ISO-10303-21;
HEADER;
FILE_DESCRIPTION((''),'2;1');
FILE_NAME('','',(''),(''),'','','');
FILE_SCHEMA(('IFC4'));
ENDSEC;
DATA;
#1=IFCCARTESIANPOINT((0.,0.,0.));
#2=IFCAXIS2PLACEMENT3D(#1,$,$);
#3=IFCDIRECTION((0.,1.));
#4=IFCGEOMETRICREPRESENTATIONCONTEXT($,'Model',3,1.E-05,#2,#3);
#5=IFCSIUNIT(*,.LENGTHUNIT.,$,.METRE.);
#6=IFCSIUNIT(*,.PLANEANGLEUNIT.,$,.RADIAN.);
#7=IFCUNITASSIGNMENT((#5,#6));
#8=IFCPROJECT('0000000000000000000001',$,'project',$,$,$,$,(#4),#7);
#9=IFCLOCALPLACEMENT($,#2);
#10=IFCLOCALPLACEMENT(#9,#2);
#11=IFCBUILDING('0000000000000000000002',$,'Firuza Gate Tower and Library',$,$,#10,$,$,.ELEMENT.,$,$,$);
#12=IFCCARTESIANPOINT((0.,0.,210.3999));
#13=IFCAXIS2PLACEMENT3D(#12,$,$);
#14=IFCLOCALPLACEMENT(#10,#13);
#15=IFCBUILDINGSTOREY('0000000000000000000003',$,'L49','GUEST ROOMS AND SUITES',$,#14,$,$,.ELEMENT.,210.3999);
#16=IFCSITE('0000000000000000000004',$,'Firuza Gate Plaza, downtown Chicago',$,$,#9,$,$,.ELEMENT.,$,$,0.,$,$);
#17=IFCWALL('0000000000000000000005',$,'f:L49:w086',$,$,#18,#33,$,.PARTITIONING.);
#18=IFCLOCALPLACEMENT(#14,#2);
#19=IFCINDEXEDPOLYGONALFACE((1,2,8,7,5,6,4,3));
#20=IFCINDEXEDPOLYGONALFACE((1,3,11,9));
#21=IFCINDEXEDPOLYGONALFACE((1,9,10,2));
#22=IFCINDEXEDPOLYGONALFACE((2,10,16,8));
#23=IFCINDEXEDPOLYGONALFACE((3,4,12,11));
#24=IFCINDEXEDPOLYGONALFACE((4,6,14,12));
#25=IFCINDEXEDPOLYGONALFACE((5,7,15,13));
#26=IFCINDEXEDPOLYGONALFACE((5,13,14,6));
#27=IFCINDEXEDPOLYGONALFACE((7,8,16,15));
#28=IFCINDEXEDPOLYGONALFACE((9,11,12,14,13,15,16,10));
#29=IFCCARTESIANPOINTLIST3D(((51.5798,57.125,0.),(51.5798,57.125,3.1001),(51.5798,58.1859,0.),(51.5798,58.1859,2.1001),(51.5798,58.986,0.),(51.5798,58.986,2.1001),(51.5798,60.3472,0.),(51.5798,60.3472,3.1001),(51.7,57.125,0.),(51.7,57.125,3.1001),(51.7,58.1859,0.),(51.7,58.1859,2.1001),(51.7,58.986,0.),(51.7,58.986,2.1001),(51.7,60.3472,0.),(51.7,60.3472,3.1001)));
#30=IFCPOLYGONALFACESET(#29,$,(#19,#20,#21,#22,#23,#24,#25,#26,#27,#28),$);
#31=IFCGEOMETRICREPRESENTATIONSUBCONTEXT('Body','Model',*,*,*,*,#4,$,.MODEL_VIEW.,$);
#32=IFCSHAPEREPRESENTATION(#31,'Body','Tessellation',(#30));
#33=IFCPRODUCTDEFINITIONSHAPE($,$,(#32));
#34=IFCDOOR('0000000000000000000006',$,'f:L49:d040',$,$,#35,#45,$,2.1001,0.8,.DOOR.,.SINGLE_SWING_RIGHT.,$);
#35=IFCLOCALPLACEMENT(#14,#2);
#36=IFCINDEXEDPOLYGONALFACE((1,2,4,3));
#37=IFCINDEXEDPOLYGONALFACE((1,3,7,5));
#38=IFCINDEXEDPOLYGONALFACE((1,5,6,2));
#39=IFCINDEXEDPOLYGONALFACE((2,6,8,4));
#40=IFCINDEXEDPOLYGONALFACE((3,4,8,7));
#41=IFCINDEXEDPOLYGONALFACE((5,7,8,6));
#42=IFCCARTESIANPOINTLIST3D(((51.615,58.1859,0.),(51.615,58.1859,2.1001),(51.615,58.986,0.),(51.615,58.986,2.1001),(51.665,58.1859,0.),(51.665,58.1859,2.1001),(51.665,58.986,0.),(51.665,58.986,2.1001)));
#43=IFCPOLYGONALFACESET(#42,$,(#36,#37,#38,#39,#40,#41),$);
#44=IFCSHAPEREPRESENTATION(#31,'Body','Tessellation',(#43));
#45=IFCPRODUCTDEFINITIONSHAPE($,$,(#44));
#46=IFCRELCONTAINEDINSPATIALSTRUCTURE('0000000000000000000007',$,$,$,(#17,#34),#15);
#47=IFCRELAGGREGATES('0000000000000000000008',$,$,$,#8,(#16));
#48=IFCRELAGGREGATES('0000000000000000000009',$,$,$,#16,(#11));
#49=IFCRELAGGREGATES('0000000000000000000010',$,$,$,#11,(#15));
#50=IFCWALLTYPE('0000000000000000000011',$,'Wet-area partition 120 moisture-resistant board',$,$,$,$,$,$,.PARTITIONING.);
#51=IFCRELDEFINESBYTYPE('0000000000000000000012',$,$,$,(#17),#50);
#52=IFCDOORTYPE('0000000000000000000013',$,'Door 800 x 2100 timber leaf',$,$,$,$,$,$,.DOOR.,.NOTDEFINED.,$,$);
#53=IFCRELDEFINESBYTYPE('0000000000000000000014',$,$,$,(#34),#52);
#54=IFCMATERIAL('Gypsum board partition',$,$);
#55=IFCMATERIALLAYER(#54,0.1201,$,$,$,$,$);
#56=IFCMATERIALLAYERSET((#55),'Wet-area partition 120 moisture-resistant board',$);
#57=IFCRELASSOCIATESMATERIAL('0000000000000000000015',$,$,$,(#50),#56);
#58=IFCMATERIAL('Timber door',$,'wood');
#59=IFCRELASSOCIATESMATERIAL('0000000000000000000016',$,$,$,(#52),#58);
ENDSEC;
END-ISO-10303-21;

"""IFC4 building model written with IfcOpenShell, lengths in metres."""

from ifc_helpers import new_model, si_unit, direction, frame, frame_2d, origin, place, context, subcontext, project, spatial, rectangle, extrude, material, layer, layer_set, type_object, element, fill, save


model = new_model("IFC4")

# Units and contexts
model_context = context("Model", 3, precision=1e-05, world=origin(), true_north=direction((0.0, 1.0)))
body_context = subcontext(model_context, "Body", "Model", "MODEL_VIEW")
ifc_project = project(units=[si_unit("LENGTHUNIT", "METRE"), si_unit("PLANEANGLEUNIT", "RADIAN")], contexts=[model_context])

# Site, building, storey
site_placement = place(None, origin())
site = spatial("IfcSite", under=ifc_project, at=site_placement, Name="Firuza Gate Plaza, downtown Chicago", CompositionType="ELEMENT", RefElevation=0.0)
building_placement = place(site_placement, origin())
building = spatial("IfcBuilding", under=site, at=building_placement, Name="Firuza Gate Tower and Library", CompositionType="ELEMENT")
storey_placement = place(building_placement, frame((0.0, 0.0, 210.3999)))
storey = spatial("IfcBuildingStorey", under=building, at=storey_placement, Name="L49", Description="GUEST ROOMS AND SUITES", CompositionType="ELEMENT", Elevation=210.3999)

# Shared definitions
ifc_material_1 = material(Name="Gypsum board partition")
ifc_layer_1 = layer(ifc_material_1, 0.1201)
ifc_layer_set_1 = layer_set([ifc_layer_1], Name="Wet-area partition 120 moisture-resistant board")
wall_type_1 = type_object("IfcWallType", Name="Wet-area partition 120 moisture-resistant board", PredefinedType="PARTITIONING", material=ifc_layer_set_1)

# Wall, opening, door
wall_1_placement = place(storey_placement, frame((51.6399, 57.125, 0.0), z_axis=(0.0, 0.0, 1.0), x_axis=(0.0, 1.0, 0.0)))
wall_1 = element("IfcWall", 1, at=wall_1_placement, inside=storey, type_object=wall_type_1, Name="f:L49:w086", PredefinedType="PARTITIONING", context=body_context, shape_type="SweptSolid", body=[
    extrude(rectangle(XDim=3.2222, YDim=0.1201, at=frame_2d((1.6111, 0.0))), origin(), (0.0, 0.0, 1.0), 3.1001),
])
opening_placement = place(wall_1_placement, frame((1.061, 0.0, 0.0)))
opening = element("IfcOpeningElement", 2, at=opening_placement, cuts=wall_1, PredefinedType="OPENING", context=body_context, shape_type="SweptSolid", body=[
    extrude(rectangle(XDim=0.8, YDim=2.1001, at=frame_2d((0.3999, 1.05))), frame((0.0, 0.0701, 0.0), z_axis=(0.0, -1.0, 0.0), x_axis=(1.0, 0.0, 0.0)), (0.0, 0.0, 1.0), 0.1401),
])
ifc_material_2 = material(Name="Timber door", Category="wood")
door_type = type_object("IfcDoorType", Name="Door 800 x 2100 timber leaf", OperationType="NOTDEFINED", PredefinedType="DOOR", material=ifc_material_2)
door_placement = place(opening_placement, origin())
door = element("IfcDoor", 3, at=door_placement, inside=storey, type_object=door_type, Name="f:L49:d040", OperationType="SINGLE_SWING_RIGHT", OverallHeight=2.1001, OverallWidth=0.8, PredefinedType="DOOR", context=body_context, shape_type="SweptSolid", body=[
    extrude(rectangle(XDim=0.8, YDim=2.1001, at=frame_2d((0.3999, 1.05))), frame((0.0, 0.0249, 0.0), z_axis=(0.0, -1.0, 0.0), x_axis=(1.0, 0.0, 0.0)), (0.0, 0.0, 1.0), 0.05),
])
fill(opening, door)

save(model, "model.ifc")
